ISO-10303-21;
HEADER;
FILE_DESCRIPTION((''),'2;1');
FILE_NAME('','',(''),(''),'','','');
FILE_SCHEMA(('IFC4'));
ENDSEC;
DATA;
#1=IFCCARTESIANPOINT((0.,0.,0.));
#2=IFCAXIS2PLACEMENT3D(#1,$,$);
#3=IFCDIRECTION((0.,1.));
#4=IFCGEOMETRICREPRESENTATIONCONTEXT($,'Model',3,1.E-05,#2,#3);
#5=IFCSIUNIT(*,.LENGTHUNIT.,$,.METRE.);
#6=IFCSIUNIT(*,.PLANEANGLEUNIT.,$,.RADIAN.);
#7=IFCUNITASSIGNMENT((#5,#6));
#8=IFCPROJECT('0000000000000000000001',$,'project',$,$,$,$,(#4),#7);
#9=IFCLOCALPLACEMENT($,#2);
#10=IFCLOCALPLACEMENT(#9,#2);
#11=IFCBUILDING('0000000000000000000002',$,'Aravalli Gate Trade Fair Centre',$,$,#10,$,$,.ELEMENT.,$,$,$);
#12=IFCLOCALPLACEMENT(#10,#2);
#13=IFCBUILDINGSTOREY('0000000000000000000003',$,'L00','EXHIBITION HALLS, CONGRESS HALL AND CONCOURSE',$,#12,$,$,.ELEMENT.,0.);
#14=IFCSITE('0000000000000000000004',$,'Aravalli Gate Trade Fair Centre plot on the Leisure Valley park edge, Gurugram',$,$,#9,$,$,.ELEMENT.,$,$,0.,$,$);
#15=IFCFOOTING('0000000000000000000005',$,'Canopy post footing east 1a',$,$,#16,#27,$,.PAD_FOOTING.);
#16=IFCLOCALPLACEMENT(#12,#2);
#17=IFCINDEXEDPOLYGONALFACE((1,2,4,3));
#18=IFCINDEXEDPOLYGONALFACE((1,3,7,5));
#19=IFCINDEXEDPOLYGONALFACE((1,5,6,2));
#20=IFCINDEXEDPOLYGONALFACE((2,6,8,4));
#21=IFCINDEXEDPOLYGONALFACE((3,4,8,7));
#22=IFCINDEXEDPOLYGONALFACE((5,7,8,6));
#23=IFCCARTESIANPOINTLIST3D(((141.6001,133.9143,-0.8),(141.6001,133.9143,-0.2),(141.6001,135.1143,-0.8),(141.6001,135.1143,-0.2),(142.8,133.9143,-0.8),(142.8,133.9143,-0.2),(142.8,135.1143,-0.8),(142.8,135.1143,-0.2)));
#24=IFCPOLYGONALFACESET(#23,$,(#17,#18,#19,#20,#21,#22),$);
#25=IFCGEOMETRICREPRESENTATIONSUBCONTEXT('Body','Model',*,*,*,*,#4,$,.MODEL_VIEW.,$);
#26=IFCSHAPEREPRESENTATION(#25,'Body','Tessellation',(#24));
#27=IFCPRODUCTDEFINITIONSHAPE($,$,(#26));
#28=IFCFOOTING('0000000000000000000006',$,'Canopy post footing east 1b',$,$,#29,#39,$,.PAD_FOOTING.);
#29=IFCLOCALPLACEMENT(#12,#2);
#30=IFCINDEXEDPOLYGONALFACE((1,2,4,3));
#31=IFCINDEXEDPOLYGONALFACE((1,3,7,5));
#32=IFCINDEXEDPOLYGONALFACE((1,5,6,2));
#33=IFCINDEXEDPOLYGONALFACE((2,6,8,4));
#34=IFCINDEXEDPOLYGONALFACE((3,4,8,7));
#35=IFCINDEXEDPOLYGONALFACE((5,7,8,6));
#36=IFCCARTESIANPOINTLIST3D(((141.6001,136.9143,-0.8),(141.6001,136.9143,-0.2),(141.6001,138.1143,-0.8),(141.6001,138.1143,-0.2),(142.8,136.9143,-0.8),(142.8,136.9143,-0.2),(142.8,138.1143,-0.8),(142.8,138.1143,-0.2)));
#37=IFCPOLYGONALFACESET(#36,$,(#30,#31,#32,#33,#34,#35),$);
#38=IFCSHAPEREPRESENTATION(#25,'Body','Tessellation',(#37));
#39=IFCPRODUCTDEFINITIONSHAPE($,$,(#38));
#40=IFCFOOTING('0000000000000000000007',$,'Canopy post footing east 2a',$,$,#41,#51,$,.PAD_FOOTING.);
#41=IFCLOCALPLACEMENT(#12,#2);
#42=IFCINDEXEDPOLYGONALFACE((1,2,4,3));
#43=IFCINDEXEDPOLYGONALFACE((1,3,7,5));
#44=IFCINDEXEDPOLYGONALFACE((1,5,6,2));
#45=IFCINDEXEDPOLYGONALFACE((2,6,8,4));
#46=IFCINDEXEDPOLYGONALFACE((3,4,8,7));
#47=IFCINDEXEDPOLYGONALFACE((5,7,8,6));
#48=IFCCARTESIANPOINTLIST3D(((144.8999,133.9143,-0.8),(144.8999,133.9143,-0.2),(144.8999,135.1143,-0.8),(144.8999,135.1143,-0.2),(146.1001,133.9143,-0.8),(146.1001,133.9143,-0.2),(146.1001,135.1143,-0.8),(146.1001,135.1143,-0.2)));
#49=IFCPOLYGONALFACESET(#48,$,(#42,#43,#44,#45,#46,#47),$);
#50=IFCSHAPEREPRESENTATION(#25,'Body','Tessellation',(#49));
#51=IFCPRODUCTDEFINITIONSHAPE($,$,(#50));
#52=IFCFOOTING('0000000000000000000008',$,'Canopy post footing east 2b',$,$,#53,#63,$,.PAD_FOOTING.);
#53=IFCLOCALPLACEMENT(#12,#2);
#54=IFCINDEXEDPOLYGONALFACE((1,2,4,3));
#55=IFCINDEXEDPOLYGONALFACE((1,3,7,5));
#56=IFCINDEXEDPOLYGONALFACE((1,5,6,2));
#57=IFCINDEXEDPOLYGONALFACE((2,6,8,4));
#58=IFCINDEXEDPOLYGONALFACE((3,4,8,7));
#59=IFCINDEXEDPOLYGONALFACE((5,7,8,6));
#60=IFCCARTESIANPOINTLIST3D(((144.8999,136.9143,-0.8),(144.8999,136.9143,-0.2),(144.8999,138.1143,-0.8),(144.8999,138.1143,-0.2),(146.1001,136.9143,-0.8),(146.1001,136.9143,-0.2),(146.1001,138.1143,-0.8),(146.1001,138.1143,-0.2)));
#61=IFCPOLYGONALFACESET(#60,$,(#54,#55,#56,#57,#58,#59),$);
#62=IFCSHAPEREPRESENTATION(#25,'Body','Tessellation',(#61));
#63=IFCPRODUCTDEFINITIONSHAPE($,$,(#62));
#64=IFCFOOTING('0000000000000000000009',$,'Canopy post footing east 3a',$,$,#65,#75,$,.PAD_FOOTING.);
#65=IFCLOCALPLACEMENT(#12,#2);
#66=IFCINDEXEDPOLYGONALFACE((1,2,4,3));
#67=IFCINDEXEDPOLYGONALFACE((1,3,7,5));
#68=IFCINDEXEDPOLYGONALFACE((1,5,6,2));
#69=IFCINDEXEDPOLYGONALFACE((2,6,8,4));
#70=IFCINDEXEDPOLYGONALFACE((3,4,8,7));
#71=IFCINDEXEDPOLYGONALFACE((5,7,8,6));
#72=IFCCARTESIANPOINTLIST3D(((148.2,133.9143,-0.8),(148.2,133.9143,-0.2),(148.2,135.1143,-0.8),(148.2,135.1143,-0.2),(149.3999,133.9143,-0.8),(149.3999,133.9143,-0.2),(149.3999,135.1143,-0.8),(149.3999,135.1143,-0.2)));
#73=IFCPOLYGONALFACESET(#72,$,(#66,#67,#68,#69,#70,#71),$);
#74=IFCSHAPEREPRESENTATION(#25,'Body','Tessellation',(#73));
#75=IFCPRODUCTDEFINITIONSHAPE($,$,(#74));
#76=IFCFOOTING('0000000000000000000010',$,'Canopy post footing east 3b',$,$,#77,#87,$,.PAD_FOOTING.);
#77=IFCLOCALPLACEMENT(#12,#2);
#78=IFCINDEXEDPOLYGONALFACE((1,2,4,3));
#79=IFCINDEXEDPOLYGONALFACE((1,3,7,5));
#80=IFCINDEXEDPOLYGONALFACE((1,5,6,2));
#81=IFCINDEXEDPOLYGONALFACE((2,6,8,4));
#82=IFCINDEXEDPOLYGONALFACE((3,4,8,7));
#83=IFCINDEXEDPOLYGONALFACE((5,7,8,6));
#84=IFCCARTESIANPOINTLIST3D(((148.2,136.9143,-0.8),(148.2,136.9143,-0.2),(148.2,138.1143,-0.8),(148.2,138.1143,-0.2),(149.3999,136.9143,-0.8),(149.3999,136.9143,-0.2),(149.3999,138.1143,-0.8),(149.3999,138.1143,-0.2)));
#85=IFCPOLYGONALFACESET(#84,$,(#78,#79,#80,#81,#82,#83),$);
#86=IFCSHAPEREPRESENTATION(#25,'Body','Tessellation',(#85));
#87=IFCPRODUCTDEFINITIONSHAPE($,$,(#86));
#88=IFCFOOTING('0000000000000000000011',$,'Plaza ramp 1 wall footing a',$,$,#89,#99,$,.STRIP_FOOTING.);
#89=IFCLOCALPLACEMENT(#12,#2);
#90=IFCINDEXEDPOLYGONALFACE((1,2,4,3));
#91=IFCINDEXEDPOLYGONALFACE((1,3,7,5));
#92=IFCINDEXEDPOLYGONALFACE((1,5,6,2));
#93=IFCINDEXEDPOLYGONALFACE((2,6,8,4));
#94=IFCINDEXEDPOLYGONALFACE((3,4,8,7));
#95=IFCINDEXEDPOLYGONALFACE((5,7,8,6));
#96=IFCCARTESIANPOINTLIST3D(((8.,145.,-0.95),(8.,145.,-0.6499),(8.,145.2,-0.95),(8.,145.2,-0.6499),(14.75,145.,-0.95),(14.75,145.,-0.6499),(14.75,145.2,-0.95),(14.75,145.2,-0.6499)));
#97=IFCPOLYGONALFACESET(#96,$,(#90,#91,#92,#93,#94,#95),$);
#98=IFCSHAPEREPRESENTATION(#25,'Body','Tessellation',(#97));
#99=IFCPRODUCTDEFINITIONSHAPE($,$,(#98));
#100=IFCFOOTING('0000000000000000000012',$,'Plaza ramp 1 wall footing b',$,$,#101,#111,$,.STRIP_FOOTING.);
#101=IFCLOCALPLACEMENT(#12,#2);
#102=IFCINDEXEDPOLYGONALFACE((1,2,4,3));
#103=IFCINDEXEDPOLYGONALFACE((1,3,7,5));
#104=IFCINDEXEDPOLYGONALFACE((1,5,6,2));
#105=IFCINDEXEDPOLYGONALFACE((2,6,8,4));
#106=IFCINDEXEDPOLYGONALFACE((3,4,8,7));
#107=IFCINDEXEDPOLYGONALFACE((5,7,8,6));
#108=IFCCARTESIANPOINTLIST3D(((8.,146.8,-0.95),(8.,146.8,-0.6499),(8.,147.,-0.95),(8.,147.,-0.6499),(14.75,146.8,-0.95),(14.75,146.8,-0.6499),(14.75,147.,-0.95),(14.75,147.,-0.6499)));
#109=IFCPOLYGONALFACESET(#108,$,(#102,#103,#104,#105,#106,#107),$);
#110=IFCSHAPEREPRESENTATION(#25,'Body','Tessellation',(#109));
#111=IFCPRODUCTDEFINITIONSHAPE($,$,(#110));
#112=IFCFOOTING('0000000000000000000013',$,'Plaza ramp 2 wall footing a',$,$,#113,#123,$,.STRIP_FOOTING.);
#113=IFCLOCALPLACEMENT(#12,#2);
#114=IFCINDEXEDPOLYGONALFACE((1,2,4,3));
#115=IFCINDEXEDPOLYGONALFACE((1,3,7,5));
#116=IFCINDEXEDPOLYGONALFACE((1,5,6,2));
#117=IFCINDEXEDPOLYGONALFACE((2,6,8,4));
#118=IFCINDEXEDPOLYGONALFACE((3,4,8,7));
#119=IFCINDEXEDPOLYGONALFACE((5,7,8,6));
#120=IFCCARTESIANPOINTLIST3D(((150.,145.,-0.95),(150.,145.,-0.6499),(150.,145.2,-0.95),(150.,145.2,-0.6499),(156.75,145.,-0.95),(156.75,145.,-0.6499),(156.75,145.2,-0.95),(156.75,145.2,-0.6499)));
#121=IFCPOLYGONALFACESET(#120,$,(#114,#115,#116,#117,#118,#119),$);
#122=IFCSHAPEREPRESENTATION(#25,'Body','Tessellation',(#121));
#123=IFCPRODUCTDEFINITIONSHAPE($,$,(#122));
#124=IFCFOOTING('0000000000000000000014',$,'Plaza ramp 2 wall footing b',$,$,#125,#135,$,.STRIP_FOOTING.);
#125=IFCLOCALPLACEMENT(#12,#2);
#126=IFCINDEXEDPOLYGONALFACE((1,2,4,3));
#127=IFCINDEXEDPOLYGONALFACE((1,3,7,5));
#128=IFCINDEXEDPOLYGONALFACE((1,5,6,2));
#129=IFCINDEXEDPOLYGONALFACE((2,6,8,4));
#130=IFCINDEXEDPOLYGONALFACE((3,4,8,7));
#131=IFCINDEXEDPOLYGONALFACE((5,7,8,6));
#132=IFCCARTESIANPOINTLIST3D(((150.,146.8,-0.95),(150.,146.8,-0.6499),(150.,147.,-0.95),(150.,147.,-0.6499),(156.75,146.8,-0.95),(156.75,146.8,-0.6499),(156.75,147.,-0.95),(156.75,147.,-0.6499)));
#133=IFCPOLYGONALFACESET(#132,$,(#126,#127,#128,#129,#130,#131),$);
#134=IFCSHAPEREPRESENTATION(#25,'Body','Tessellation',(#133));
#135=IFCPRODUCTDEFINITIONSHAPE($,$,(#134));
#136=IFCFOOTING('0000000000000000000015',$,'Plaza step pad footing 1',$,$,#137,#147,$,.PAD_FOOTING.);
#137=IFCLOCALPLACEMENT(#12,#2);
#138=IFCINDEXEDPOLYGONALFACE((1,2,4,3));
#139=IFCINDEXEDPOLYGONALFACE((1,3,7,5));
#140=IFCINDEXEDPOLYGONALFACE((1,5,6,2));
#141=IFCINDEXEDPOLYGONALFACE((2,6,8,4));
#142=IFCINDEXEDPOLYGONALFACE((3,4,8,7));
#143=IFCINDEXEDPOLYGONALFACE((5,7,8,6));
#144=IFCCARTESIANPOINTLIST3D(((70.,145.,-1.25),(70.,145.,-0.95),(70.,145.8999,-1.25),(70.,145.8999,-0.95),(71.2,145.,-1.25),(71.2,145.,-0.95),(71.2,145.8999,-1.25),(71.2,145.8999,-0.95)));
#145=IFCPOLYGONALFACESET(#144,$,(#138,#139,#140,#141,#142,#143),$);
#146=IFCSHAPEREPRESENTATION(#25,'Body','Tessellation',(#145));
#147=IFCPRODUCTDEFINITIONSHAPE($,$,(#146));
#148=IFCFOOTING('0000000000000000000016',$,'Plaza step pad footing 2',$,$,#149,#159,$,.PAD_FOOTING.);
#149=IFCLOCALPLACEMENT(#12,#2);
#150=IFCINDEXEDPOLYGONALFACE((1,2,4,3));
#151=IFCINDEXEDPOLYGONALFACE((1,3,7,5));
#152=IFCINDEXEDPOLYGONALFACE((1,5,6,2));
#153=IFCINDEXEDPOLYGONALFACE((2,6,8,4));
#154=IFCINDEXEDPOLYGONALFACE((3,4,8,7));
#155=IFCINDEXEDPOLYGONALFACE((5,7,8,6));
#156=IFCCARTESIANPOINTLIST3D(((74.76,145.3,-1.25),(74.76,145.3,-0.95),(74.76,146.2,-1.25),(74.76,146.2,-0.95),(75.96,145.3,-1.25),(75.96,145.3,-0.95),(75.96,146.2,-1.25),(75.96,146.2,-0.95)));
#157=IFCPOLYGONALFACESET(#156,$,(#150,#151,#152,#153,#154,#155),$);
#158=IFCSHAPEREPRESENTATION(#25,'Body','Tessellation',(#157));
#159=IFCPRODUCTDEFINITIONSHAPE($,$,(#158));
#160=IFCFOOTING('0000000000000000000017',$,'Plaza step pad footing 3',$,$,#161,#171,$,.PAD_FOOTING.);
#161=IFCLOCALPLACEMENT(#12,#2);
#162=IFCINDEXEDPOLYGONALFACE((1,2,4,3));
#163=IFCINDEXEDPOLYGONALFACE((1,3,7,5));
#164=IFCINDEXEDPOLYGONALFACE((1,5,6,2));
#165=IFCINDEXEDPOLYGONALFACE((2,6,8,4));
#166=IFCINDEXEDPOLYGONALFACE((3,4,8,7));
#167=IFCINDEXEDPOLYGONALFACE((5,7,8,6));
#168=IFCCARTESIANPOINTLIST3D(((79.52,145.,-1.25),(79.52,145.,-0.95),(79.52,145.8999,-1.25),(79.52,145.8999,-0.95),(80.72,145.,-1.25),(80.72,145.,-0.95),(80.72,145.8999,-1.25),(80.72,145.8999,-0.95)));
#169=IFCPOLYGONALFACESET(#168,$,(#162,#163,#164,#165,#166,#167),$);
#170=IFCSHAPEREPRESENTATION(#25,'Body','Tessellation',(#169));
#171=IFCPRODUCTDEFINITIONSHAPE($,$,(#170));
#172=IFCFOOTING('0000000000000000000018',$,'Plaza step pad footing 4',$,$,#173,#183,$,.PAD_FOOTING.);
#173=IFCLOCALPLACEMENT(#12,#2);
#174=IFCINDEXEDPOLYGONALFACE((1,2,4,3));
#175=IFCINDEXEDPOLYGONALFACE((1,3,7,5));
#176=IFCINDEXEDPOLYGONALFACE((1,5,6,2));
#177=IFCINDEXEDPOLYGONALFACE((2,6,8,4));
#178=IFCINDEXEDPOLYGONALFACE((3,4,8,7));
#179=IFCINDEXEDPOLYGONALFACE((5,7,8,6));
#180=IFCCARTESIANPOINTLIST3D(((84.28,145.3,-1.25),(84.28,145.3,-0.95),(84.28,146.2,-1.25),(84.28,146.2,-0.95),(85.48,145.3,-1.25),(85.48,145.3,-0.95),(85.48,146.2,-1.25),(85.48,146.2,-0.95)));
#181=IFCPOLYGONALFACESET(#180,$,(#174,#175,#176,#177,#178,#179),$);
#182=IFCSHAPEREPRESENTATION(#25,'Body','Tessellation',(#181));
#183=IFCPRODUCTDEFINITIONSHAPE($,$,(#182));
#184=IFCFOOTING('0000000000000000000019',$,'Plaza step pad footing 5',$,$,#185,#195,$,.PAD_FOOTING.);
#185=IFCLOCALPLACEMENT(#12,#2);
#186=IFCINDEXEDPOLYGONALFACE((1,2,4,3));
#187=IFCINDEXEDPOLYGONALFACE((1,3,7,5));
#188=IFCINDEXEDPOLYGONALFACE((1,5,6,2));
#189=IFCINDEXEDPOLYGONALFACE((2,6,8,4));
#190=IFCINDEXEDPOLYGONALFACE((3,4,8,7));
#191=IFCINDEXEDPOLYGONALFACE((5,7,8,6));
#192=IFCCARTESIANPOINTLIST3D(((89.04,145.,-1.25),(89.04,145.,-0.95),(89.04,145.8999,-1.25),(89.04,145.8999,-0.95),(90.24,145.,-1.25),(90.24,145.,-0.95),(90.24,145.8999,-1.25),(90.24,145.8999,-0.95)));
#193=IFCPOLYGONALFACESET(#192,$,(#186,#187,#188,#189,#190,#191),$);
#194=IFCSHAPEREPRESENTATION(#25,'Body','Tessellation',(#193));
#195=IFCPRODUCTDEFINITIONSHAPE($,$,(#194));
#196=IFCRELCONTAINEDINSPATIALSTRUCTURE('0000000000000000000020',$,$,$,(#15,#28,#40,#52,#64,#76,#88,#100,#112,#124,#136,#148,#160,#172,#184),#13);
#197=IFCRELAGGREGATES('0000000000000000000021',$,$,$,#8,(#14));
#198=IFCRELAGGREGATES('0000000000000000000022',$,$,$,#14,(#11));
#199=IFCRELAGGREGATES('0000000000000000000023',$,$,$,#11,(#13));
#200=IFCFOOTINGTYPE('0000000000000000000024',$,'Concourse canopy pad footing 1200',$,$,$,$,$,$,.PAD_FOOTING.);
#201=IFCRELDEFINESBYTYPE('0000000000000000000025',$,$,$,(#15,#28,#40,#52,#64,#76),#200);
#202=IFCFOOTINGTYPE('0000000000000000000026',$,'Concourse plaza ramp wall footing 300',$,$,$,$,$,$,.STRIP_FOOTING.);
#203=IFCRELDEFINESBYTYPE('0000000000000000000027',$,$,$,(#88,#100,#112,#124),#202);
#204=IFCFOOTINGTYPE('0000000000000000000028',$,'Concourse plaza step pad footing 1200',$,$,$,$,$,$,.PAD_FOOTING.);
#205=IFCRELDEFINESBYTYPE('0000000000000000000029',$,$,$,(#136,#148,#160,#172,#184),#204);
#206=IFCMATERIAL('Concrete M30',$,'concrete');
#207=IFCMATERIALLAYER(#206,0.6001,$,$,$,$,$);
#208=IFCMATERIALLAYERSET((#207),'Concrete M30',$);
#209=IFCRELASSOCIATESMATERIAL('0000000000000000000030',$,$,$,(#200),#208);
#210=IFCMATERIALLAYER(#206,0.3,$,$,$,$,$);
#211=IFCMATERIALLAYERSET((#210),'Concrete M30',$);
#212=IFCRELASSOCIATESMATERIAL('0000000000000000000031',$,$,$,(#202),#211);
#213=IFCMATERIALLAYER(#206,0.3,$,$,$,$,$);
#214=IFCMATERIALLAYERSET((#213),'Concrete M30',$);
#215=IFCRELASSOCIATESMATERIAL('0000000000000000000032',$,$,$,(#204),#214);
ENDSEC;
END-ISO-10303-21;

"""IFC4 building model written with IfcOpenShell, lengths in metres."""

from ifc_helpers import new_model, si_unit, direction, frame, origin, place, context, subcontext, project, spatial, polyline, outline, extrude, material, layer, layer_set, type_object, element, save


model = new_model("IFC4")

# Units and contexts
model_context = context("Model", 3, precision=1e-05, world=origin(), true_north=direction((0.0, 1.0)))
body_context = subcontext(model_context, "Body", "Model", "MODEL_VIEW")
ifc_project = project(units=[si_unit("LENGTHUNIT", "METRE"), si_unit("PLANEANGLEUNIT", "RADIAN")], contexts=[model_context])

# Site, building, storey
site_placement = place(None, origin())
site = spatial("IfcSite", under=ifc_project, at=site_placement, Name="Aravalli Gate Trade Fair Centre plot on the Leisure Valley park edge, Gurugram", CompositionType="ELEMENT", RefElevation=0.0)
building_placement = place(site_placement, origin())
building = spatial("IfcBuilding", under=site, at=building_placement, Name="Aravalli Gate Trade Fair Centre", CompositionType="ELEMENT")
storey_placement = place(building_placement, origin())
storey = spatial("IfcBuildingStorey", under=building, at=storey_placement, Name="L00", Description="EXHIBITION HALLS, CONGRESS HALL AND CONCOURSE", CompositionType="ELEMENT", Elevation=0.0)

# Footings
ifc_material_1 = material(Name="Concrete M30", Category="concrete")
ifc_layer_1 = layer(ifc_material_1, 0.6001)
ifc_layer_set_1 = layer_set([ifc_layer_1], Name="Concrete M30")
footing_type_1 = type_object("IfcFootingType", Name="Concourse canopy pad footing 1200", PredefinedType="PAD_FOOTING", material=ifc_layer_set_1)
footing_1_placement = place(storey_placement, frame((0.0, 0.0, -0.8)))
element("IfcFooting", 1, at=footing_1_placement, inside=storey, type_object=footing_type_1, Name="Canopy post footing east 1a", PredefinedType="PAD_FOOTING", context=body_context, shape_type="SweptSolid", body=[
    extrude(outline(polyline([(141.6001, 133.9143), (142.8, 133.9143), (142.8, 135.1143), (141.6001, 135.1143), (141.6001, 133.9143)])), origin(), (0.0, 0.0, 1.0), 0.6001),
])
footing_2_placement = place(storey_placement, frame((0.0, 0.0, -0.8)))
element("IfcFooting", 2, at=footing_2_placement, inside=storey, type_object=footing_type_1, Name="Canopy post footing east 1b", PredefinedType="PAD_FOOTING", context=body_context, shape_type="SweptSolid", body=[
    extrude(outline(polyline([(141.6001, 136.9143), (142.8, 136.9143), (142.8, 138.1143), (141.6001, 138.1143), (141.6001, 136.9143)])), origin(), (0.0, 0.0, 1.0), 0.6001),
])
footing_3_placement = place(storey_placement, frame((0.0, 0.0, -0.8)))
element("IfcFooting", 3, at=footing_3_placement, inside=storey, type_object=footing_type_1, Name="Canopy post footing east 2a", PredefinedType="PAD_FOOTING", context=body_context, shape_type="SweptSolid", body=[
    extrude(outline(polyline([(144.8999, 133.9143), (146.1001, 133.9143), (146.1001, 135.1143), (144.8999, 135.1143), (144.8999, 133.9143)])), origin(), (0.0, 0.0, 1.0), 0.6001),
])
footing_4_placement = place(storey_placement, frame((0.0, 0.0, -0.8)))
element("IfcFooting", 4, at=footing_4_placement, inside=storey, type_object=footing_type_1, Name="Canopy post footing east 2b", PredefinedType="PAD_FOOTING", context=body_context, shape_type="SweptSolid", body=[
    extrude(outline(polyline([(144.8999, 136.9143), (146.1001, 136.9143), (146.1001, 138.1143), (144.8999, 138.1143), (144.8999, 136.9143)])), origin(), (0.0, 0.0, 1.0), 0.6001),
])
footing_5_placement = place(storey_placement, frame((0.0, 0.0, -0.8)))
element("IfcFooting", 5, at=footing_5_placement, inside=storey, type_object=footing_type_1, Name="Canopy post footing east 3a", PredefinedType="PAD_FOOTING", context=body_context, shape_type="SweptSolid", body=[
    extrude(outline(polyline([(148.2, 133.9143), (149.3999, 133.9143), (149.3999, 135.1143), (148.2, 135.1143), (148.2, 133.9143)])), origin(), (0.0, 0.0, 1.0), 0.6001),
])
footing_6_placement = place(storey_placement, frame((0.0, 0.0, -0.8)))
element("IfcFooting", 6, at=footing_6_placement, inside=storey, type_object=footing_type_1, Name="Canopy post footing east 3b", PredefinedType="PAD_FOOTING", context=body_context, shape_type="SweptSolid", body=[
    extrude(outline(polyline([(148.2, 136.9143), (149.3999, 136.9143), (149.3999, 138.1143), (148.2, 138.1143), (148.2, 136.9143)])), origin(), (0.0, 0.0, 1.0), 0.6001),
])
ifc_layer_2 = layer(ifc_material_1, 0.3)
ifc_layer_set_2 = layer_set([ifc_layer_2], Name="Concrete M30")
footing_type_2 = type_object("IfcFootingType", Name="Concourse plaza ramp wall footing 300", PredefinedType="STRIP_FOOTING", material=ifc_layer_set_2)
footing_7_placement = place(storey_placement, frame((0.0, 0.0, -0.95)))
element("IfcFooting", 7, at=footing_7_placement, inside=storey, type_object=footing_type_2, Name="Plaza ramp 1 wall footing a", PredefinedType="STRIP_FOOTING", context=body_context, shape_type="SweptSolid", body=[
    extrude(outline(polyline([(8.0, 145.0), (14.75, 145.0), (14.75, 145.2), (8.0, 145.2), (8.0, 145.0)])), origin(), (0.0, 0.0, 1.0), 0.3),
])
footing_8_placement = place(storey_placement, frame((0.0, 0.0, -0.95)))
element("IfcFooting", 8, at=footing_8_placement, inside=storey, type_object=footing_type_2, Name="Plaza ramp 1 wall footing b", PredefinedType="STRIP_FOOTING", context=body_context, shape_type="SweptSolid", body=[
    extrude(outline(polyline([(8.0, 146.8), (14.75, 146.8), (14.75, 147.0), (8.0, 147.0), (8.0, 146.8)])), origin(), (0.0, 0.0, 1.0), 0.3),
])
footing_9_placement = place(storey_placement, frame((0.0, 0.0, -0.95)))
element("IfcFooting", 9, at=footing_9_placement, inside=storey, type_object=footing_type_2, Name="Plaza ramp 2 wall footing a", PredefinedType="STRIP_FOOTING", context=body_context, shape_type="SweptSolid", body=[
    extrude(outline(polyline([(150.0, 145.0), (156.75, 145.0), (156.75, 145.2), (150.0, 145.2), (150.0, 145.0)])), origin(), (0.0, 0.0, 1.0), 0.3),
])
footing_10_placement = place(storey_placement, frame((0.0, 0.0, -0.95)))
element("IfcFooting", 10, at=footing_10_placement, inside=storey, type_object=footing_type_2, Name="Plaza ramp 2 wall footing b", PredefinedType="STRIP_FOOTING", context=body_context, shape_type="SweptSolid", body=[
    extrude(outline(polyline([(150.0, 146.8), (156.75, 146.8), (156.75, 147.0), (150.0, 147.0), (150.0, 146.8)])), origin(), (0.0, 0.0, 1.0), 0.3),
])
ifc_layer_3 = layer(ifc_material_1, 0.3)
ifc_layer_set_3 = layer_set([ifc_layer_3], Name="Concrete M30")
footing_type_3 = type_object("IfcFootingType", Name="Concourse plaza step pad footing 1200", PredefinedType="PAD_FOOTING", material=ifc_layer_set_3)
footing_11_placement = place(storey_placement, frame((0.0, 0.0, -1.25)))
element("IfcFooting", 11, at=footing_11_placement, inside=storey, type_object=footing_type_3, Name="Plaza step pad footing 1", PredefinedType="PAD_FOOTING", context=body_context, shape_type="SweptSolid", body=[
    extrude(outline(polyline([(70.0, 145.0), (71.2, 145.0), (71.2, 145.8999), (70.0, 145.8999), (70.0, 145.0)])), origin(), (0.0, 0.0, 1.0), 0.3),
])
footing_12_placement = place(storey_placement, frame((0.0, 0.0, -1.25)))
element("IfcFooting", 12, at=footing_12_placement, inside=storey, type_object=footing_type_3, Name="Plaza step pad footing 2", PredefinedType="PAD_FOOTING", context=body_context, shape_type="SweptSolid", body=[
    extrude(outline(polyline([(74.76, 145.3), (75.96, 145.3), (75.96, 146.2), (74.76, 146.2), (74.76, 145.3)])), origin(), (0.0, 0.0, 1.0), 0.3),
])
footing_13_placement = place(storey_placement, frame((0.0, 0.0, -1.25)))
element("IfcFooting", 13, at=footing_13_placement, inside=storey, type_object=footing_type_3, Name="Plaza step pad footing 3", PredefinedType="PAD_FOOTING", context=body_context, shape_type="SweptSolid", body=[
    extrude(outline(polyline([(79.52, 145.0), (80.72, 145.0), (80.72, 145.8999), (79.52, 145.8999), (79.52, 145.0)])), origin(), (0.0, 0.0, 1.0), 0.3),
])
footing_14_placement = place(storey_placement, frame((0.0, 0.0, -1.25)))
element("IfcFooting", 14, at=footing_14_placement, inside=storey, type_object=footing_type_3, Name="Plaza step pad footing 4", PredefinedType="PAD_FOOTING", context=body_context, shape_type="SweptSolid", body=[
    extrude(outline(polyline([(84.28, 145.3), (85.48, 145.3), (85.48, 146.2), (84.28, 146.2), (84.28, 145.3)])), origin(), (0.0, 0.0, 1.0), 0.3),
])
footing_15_placement = place(storey_placement, frame((0.0, 0.0, -1.25)))
element("IfcFooting", 15, at=footing_15_placement, inside=storey, type_object=footing_type_3, Name="Plaza step pad footing 5", PredefinedType="PAD_FOOTING", context=body_context, shape_type="SweptSolid", body=[
    extrude(outline(polyline([(89.04, 145.0), (90.24, 145.0), (90.24, 145.8999), (89.04, 145.8999), (89.04, 145.0)])), origin(), (0.0, 0.0, 1.0), 0.3),
])

save(model, "model.ifc")
